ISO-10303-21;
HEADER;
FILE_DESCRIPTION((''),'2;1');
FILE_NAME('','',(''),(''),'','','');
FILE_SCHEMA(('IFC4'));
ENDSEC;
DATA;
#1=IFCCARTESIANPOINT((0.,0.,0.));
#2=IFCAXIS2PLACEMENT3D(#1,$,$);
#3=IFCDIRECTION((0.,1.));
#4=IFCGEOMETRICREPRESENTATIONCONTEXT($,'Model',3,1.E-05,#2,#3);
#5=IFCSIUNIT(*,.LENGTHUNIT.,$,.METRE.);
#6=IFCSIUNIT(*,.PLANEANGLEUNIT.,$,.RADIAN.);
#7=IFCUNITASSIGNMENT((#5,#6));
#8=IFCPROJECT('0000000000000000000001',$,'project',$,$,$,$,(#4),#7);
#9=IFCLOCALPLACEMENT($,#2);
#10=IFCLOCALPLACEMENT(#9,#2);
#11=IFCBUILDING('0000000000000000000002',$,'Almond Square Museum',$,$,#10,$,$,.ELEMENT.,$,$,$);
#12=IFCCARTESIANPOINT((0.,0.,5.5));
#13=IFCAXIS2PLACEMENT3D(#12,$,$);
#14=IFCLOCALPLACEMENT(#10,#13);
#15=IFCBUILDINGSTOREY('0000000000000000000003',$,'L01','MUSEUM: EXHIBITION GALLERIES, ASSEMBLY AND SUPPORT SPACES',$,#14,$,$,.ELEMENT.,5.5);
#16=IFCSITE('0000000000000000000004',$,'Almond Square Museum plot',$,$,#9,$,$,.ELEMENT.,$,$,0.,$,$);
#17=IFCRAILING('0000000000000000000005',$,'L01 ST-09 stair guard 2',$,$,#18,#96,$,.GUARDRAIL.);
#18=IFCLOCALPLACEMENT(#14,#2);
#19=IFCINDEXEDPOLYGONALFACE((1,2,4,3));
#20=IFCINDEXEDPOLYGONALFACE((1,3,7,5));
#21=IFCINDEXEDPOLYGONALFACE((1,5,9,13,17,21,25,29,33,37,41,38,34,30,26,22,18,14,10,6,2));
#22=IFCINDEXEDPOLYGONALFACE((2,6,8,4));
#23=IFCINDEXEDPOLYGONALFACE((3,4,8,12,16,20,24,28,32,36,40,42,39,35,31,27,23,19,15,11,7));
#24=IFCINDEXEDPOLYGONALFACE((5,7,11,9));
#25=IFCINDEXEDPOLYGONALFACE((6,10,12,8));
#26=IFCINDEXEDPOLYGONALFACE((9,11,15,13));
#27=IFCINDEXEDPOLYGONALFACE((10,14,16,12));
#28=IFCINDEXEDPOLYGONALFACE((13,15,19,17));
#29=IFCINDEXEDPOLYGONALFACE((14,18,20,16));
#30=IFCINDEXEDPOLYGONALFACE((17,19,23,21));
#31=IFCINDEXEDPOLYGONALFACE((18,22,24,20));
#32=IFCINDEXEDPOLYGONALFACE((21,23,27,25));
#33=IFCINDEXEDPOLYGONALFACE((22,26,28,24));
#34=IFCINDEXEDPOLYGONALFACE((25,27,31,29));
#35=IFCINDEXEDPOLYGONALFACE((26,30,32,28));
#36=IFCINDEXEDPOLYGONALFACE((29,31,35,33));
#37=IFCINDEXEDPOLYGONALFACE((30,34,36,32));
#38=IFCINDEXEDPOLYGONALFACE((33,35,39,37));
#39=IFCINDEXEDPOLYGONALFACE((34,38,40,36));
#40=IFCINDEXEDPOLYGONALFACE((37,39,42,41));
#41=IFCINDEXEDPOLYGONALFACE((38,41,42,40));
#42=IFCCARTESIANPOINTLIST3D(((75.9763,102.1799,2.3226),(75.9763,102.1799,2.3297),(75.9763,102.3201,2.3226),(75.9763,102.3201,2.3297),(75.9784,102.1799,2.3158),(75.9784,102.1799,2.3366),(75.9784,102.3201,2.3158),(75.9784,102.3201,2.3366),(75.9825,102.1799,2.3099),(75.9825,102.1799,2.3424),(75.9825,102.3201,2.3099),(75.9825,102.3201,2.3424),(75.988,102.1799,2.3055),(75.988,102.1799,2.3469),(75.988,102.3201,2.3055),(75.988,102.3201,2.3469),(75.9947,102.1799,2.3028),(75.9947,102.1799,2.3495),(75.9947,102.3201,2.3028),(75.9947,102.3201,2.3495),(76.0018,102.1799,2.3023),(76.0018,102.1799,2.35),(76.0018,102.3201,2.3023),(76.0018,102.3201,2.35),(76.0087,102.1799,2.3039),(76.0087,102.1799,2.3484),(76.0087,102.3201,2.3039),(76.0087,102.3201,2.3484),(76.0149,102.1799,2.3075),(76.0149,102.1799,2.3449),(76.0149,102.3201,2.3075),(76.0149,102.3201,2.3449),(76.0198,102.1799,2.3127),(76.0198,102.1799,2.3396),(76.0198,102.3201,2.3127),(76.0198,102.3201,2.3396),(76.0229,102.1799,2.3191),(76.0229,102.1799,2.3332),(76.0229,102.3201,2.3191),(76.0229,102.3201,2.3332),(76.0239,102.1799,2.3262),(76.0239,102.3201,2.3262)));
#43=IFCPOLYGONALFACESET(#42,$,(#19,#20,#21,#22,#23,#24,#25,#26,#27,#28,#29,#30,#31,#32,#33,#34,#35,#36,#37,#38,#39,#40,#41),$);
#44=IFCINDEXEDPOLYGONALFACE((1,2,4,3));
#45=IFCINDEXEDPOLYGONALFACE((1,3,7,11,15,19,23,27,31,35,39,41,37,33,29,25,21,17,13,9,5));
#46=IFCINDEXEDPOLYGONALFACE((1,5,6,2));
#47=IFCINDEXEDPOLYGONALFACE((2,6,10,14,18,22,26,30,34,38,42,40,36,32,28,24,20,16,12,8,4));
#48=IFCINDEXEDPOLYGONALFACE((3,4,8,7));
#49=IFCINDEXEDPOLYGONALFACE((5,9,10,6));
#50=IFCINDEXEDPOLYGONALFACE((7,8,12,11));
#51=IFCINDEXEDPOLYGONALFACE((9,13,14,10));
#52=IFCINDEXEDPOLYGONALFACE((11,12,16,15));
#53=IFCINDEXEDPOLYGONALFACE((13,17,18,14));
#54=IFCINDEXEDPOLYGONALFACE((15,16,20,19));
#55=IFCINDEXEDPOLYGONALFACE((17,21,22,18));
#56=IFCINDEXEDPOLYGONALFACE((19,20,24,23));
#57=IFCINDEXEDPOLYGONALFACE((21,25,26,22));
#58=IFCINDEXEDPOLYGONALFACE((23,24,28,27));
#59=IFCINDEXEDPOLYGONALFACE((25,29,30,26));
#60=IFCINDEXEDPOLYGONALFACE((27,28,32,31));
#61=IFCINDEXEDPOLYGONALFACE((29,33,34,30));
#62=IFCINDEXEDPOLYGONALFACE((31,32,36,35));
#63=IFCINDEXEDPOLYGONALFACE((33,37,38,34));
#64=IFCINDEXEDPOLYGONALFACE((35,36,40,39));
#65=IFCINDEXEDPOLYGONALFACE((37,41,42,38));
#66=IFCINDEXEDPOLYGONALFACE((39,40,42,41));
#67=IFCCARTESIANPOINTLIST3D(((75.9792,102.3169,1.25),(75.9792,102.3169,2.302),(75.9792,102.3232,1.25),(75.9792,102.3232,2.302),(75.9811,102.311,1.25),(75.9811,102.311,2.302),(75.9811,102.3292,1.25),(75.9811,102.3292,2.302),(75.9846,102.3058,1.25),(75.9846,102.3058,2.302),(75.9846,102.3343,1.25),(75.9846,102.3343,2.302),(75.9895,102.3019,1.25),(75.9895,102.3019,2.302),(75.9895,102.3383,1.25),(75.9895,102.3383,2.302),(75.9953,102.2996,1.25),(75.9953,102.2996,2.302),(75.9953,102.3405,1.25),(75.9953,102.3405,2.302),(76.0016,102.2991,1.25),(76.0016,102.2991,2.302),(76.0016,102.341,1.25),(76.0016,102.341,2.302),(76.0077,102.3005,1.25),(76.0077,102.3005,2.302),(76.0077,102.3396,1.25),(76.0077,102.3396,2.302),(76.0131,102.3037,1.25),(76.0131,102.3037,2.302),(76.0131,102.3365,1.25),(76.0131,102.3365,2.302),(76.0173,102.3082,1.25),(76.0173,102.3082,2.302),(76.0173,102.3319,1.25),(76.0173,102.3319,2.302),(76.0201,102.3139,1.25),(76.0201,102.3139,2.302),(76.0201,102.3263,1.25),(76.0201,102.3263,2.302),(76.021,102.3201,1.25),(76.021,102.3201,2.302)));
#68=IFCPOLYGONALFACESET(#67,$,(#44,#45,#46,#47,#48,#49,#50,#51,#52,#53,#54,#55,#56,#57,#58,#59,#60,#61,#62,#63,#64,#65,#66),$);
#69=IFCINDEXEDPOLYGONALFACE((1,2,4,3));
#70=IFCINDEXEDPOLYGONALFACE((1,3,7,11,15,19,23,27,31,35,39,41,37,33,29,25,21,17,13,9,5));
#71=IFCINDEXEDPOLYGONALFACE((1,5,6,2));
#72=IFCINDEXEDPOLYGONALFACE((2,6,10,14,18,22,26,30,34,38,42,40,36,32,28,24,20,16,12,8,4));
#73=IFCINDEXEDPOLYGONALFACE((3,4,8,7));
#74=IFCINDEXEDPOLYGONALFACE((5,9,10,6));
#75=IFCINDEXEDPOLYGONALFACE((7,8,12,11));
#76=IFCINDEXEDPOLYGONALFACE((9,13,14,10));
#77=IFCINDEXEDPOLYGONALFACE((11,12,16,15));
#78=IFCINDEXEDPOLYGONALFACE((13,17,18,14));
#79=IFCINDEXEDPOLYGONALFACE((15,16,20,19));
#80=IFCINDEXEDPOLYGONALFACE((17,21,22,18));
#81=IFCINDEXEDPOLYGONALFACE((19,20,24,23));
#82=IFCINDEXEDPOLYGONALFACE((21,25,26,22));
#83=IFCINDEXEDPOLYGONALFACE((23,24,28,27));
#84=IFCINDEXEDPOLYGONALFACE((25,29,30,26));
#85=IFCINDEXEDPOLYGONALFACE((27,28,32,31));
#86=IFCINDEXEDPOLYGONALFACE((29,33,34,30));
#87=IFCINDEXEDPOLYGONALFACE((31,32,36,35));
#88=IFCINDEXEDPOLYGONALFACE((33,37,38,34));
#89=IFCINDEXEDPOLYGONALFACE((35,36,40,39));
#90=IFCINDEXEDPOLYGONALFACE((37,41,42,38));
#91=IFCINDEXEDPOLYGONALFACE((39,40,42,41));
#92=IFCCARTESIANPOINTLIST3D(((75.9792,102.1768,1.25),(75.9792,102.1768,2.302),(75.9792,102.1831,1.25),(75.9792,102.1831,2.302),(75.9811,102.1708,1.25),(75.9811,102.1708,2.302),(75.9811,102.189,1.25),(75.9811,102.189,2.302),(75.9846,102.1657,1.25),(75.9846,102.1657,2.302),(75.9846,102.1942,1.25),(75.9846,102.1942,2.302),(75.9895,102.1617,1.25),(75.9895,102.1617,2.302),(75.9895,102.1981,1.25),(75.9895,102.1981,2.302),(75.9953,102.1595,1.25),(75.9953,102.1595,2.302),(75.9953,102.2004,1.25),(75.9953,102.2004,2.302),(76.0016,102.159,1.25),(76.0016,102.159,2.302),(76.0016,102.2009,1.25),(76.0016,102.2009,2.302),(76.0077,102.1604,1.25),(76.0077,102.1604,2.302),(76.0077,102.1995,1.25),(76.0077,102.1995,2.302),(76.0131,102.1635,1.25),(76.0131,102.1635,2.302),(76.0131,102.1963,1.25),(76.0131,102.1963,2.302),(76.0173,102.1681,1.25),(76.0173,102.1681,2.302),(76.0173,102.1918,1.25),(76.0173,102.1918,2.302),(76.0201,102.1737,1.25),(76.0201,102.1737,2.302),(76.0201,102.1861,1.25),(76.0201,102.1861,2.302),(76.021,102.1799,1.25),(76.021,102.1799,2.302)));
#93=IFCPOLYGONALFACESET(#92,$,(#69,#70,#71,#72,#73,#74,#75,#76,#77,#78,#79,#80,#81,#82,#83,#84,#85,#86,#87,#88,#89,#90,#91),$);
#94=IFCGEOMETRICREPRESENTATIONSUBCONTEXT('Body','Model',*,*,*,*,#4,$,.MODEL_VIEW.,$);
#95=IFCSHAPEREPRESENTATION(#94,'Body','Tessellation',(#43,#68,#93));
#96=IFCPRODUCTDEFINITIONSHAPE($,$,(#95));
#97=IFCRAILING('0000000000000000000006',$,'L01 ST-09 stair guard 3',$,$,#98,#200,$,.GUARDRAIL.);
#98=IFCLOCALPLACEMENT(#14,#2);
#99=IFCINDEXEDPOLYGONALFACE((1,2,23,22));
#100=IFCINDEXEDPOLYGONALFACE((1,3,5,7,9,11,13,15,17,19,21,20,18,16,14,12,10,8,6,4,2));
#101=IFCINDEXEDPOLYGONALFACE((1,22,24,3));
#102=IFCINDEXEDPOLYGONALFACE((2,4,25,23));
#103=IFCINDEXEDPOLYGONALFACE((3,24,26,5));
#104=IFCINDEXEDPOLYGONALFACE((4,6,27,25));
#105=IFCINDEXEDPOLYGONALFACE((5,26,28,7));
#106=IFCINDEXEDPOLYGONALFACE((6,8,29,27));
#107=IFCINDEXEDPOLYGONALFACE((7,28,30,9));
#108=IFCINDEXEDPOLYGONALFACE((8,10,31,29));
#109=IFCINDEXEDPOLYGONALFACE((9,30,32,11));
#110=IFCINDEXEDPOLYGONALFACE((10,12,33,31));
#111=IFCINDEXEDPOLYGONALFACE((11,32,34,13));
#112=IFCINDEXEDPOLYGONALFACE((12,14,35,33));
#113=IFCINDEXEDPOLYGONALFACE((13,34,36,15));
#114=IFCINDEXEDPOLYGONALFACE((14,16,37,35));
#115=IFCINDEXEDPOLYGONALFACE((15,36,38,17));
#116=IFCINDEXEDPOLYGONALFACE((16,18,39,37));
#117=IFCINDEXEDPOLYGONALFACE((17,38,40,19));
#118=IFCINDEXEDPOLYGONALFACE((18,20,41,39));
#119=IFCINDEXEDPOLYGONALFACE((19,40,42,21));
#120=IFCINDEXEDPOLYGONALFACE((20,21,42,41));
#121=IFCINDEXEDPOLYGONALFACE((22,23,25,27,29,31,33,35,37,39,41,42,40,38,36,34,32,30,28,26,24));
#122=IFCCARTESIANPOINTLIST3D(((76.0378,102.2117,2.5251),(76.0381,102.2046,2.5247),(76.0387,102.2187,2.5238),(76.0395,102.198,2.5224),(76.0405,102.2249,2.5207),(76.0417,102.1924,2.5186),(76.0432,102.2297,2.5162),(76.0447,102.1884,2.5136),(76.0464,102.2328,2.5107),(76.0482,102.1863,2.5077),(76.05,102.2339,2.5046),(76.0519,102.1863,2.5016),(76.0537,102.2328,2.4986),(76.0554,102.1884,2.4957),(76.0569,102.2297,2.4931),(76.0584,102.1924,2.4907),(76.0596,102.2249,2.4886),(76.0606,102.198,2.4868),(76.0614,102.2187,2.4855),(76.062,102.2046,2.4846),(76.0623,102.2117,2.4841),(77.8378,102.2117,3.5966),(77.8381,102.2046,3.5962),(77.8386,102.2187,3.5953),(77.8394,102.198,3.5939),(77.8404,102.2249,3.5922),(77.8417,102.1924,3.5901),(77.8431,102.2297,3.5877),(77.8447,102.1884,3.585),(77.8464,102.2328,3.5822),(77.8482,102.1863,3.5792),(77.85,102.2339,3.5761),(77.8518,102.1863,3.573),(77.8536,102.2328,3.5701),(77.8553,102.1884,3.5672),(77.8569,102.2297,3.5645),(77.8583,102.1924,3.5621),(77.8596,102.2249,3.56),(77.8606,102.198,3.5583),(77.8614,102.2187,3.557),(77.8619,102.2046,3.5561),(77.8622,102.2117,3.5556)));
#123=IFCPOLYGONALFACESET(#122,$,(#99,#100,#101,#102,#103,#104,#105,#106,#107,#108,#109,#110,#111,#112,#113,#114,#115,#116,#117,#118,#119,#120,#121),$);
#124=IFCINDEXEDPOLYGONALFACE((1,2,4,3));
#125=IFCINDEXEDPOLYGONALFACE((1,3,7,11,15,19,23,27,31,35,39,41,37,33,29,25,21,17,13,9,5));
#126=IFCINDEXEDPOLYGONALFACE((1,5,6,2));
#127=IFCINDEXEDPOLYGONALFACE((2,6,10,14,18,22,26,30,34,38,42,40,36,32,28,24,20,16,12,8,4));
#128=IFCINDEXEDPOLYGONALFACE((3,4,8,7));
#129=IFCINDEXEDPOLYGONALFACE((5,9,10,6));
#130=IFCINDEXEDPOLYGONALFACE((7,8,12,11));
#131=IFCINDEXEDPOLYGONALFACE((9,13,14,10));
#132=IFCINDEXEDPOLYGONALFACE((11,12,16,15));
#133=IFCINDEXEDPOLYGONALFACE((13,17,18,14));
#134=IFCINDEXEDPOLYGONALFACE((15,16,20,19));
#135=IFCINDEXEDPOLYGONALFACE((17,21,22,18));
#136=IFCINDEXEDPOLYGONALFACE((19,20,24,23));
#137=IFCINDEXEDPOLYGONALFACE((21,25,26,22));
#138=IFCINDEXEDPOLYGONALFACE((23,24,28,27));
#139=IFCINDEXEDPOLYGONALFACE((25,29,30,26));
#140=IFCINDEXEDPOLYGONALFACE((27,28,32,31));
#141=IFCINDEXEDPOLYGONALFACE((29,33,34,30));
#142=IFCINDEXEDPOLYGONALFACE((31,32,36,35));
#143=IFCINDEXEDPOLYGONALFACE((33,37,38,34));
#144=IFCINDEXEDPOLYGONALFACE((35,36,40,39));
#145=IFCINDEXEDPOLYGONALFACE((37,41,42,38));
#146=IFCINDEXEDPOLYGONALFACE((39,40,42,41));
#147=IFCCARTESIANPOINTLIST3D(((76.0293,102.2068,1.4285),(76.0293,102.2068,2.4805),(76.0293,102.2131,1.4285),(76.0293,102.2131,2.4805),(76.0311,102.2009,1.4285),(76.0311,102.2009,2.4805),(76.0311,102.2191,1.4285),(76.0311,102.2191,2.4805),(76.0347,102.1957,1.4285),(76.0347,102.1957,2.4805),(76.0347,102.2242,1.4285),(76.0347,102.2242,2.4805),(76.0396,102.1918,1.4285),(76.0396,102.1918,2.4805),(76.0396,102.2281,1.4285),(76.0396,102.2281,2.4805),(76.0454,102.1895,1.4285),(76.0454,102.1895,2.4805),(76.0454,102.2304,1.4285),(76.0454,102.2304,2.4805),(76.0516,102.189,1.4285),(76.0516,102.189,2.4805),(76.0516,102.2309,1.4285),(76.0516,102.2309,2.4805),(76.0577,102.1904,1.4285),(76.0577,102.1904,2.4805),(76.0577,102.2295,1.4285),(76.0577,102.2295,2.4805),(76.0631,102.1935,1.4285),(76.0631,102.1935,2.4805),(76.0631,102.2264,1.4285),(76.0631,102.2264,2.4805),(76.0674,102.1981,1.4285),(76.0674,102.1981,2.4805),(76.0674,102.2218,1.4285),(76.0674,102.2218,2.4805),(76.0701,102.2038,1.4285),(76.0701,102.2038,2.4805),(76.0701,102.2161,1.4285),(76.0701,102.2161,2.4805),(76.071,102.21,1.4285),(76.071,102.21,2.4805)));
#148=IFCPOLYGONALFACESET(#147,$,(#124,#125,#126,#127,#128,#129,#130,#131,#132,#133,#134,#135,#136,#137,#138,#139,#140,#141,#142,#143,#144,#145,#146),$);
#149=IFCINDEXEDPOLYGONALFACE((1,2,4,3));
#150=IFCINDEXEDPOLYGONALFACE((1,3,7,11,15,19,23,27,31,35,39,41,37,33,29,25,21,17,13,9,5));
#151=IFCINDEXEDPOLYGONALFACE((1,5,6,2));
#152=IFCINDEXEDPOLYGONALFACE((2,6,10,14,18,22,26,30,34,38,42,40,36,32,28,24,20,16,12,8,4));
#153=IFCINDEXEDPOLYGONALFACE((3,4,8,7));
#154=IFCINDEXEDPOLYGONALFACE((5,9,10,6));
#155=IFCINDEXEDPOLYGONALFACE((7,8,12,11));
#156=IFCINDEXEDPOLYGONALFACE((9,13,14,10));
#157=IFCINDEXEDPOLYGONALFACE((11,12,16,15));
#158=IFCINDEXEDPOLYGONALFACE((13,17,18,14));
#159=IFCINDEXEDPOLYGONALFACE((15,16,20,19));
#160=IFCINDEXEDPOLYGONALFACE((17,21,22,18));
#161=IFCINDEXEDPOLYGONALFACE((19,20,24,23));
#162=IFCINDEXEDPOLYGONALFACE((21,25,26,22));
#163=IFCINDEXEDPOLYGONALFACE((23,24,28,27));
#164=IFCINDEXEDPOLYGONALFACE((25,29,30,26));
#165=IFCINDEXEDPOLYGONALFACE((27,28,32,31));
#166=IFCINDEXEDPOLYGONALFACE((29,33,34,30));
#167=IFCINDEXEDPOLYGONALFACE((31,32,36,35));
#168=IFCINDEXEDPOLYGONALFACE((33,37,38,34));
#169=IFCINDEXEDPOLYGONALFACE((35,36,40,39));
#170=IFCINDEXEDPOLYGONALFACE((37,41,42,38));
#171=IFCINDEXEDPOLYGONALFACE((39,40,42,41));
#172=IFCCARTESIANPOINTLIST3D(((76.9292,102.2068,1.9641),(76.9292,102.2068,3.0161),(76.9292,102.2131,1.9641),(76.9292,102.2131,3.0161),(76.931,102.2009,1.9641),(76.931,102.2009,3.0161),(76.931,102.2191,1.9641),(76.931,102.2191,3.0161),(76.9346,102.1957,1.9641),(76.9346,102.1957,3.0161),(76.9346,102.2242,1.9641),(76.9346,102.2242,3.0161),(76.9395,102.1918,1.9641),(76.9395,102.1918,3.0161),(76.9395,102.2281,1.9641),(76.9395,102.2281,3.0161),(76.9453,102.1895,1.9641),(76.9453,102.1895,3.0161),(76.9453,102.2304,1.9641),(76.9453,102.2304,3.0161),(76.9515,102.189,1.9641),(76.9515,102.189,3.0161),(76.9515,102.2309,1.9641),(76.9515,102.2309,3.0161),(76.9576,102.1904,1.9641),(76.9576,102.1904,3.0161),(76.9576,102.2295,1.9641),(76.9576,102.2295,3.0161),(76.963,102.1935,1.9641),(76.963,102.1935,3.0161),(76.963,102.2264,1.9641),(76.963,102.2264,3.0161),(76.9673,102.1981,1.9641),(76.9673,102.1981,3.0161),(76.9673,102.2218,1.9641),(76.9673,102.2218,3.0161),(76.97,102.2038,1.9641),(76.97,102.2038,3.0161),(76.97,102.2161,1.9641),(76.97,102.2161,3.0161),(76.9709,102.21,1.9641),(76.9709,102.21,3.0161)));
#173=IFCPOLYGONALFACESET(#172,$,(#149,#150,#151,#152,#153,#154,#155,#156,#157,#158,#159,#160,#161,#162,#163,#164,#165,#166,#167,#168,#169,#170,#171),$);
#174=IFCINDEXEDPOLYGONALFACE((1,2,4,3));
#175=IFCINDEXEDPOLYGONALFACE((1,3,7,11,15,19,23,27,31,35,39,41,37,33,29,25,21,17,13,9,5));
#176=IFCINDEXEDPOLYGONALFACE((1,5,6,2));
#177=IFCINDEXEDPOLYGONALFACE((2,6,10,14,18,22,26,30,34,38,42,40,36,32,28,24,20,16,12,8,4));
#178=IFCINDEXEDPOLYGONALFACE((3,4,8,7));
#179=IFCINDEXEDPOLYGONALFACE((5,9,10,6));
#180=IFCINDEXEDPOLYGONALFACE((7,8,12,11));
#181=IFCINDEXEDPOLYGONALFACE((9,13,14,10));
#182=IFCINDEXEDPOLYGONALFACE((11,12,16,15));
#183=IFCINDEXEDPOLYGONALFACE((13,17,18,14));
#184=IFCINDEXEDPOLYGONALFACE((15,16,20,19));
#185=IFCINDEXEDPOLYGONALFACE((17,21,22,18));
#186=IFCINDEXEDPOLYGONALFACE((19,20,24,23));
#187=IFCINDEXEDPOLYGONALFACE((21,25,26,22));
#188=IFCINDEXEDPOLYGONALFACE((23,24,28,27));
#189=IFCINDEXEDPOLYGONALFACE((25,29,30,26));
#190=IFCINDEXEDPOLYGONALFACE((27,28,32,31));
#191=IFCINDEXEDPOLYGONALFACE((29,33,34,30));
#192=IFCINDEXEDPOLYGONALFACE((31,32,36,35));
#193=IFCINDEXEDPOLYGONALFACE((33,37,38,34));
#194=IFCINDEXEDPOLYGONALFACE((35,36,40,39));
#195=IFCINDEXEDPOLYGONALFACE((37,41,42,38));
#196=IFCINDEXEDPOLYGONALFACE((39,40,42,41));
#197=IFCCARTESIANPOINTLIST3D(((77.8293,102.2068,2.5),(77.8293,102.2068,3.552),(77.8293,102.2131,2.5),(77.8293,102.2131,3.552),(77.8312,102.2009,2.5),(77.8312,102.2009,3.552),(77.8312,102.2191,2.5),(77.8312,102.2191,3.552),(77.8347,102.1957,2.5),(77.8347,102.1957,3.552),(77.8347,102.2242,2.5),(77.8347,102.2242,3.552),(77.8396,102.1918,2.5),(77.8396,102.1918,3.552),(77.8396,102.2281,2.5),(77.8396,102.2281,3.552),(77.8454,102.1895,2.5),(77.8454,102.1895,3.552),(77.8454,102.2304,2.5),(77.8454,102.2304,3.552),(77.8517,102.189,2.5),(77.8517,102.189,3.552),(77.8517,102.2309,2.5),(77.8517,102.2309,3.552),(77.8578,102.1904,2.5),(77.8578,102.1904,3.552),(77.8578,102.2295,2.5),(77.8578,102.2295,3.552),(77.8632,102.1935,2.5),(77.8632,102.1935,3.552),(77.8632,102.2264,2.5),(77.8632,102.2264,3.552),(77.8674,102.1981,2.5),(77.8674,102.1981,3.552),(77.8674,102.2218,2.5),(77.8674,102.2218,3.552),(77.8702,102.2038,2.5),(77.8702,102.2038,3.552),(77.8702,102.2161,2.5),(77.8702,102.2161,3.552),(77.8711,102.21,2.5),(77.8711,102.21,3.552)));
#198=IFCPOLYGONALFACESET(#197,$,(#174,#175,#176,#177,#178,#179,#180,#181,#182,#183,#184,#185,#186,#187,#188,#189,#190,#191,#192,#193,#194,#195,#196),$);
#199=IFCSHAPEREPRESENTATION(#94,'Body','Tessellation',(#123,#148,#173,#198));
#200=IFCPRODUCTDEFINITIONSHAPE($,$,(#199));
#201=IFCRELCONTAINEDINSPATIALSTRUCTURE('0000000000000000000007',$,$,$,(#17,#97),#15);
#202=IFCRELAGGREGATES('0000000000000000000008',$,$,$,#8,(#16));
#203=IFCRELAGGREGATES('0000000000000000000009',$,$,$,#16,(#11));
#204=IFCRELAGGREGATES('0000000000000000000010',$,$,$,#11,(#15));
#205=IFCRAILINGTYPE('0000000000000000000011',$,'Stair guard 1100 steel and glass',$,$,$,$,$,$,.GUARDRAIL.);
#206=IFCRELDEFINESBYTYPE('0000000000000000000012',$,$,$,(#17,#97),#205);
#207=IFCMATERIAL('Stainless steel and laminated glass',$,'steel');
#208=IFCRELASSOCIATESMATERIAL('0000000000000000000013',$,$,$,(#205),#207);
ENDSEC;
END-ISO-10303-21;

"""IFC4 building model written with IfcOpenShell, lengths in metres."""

from ifc_helpers import new_model, si_unit, direction, frame, origin, origin_2d, place, context, subcontext, project, spatial, circle, extrude, material, type_object, element, save


model = new_model("IFC4")

# Units and contexts
model_context = context("Model", 3, precision=1e-05, world=origin(), true_north=direction((0.0, 1.0)))
body_context = subcontext(model_context, "Body", "Model", "MODEL_VIEW")
ifc_project = project(units=[si_unit("LENGTHUNIT", "METRE"), si_unit("PLANEANGLEUNIT", "RADIAN")], contexts=[model_context])

# Site, building, storey
site_placement = place(None, origin())
site = spatial("IfcSite", under=ifc_project, at=site_placement, Name="Almond Square Museum plot", CompositionType="ELEMENT", RefElevation=0.0)
building_placement = place(site_placement, origin())
building = spatial("IfcBuilding", under=site, at=building_placement, Name="Almond Square Museum", CompositionType="ELEMENT")
storey_placement = place(building_placement, frame((0.0, 0.0, 5.5)))
storey = spatial("IfcBuildingStorey", under=building, at=storey_placement, Name="L01", Description="MUSEUM: EXHIBITION GALLERIES, ASSEMBLY AND SUPPORT SPACES", CompositionType="ELEMENT", Elevation=5.5)

# Railings
ifc_material_1 = material(Name="Stainless steel and laminated glass", Category="steel")
railing_type_1 = type_object("IfcRailingType", Name="Stair guard 1100 steel and glass", PredefinedType="GUARDRAIL", material=ifc_material_1)
railing_1_placement = place(storey_placement, frame((76.0, 102.3201, 1.25)))
element("IfcRailing", 1, at=railing_1_placement, inside=storey, type_object=railing_type_1, Name="L01 ST-09 stair guard 2", PredefinedType="GUARDRAIL", context=body_context, shape_type="SweptSolid", body=[
    extrude(circle(Radius=0.0239, at=origin_2d()), frame((0.0, 0.0, 1.0762), z_axis=(0.0, -1.0, 0.0), x_axis=(1.0, 0.0, 0.0)), (0.0, 0.0, 1.0), 0.1401),
    extrude(circle(Radius=0.021, at=origin_2d()), origin(), (0.0, 0.0, 1.0), 1.052),
    extrude(circle(Radius=0.021, at=origin_2d()), frame((0.0, -0.1401, 0.0)), (0.0, 0.0, 1.0), 1.052),
])
railing_2_placement = place(storey_placement, frame((76.05, 102.21, 1.4285)))
element("IfcRailing", 2, at=railing_2_placement, inside=storey, type_object=railing_type_1, Name="L01 ST-09 stair guard 3", PredefinedType="GUARDRAIL", context=body_context, shape_type="SweptSolid", body=[
    extrude(circle(Radius=0.0239, at=origin_2d()), frame((0.0, 0.0, 1.0762), z_axis=(0.859277, 0.0, 0.51151), x_axis=(0.0, 1.0, 0.0)), (0.0, 0.0, 1.0), 2.0947),
    extrude(circle(Radius=0.021, at=origin_2d()), origin(), (0.0, 0.0, 1.0), 1.052),
    extrude(circle(Radius=0.021, at=origin_2d()), frame((0.8999, 0.0, 0.5356)), (0.0, 0.0, 1.0), 1.052),
    extrude(circle(Radius=0.021, at=origin_2d()), frame((1.8, 0.0, 1.0715)), (0.0, 0.0, 1.0), 1.052),
])

save(model, "model.ifc")
